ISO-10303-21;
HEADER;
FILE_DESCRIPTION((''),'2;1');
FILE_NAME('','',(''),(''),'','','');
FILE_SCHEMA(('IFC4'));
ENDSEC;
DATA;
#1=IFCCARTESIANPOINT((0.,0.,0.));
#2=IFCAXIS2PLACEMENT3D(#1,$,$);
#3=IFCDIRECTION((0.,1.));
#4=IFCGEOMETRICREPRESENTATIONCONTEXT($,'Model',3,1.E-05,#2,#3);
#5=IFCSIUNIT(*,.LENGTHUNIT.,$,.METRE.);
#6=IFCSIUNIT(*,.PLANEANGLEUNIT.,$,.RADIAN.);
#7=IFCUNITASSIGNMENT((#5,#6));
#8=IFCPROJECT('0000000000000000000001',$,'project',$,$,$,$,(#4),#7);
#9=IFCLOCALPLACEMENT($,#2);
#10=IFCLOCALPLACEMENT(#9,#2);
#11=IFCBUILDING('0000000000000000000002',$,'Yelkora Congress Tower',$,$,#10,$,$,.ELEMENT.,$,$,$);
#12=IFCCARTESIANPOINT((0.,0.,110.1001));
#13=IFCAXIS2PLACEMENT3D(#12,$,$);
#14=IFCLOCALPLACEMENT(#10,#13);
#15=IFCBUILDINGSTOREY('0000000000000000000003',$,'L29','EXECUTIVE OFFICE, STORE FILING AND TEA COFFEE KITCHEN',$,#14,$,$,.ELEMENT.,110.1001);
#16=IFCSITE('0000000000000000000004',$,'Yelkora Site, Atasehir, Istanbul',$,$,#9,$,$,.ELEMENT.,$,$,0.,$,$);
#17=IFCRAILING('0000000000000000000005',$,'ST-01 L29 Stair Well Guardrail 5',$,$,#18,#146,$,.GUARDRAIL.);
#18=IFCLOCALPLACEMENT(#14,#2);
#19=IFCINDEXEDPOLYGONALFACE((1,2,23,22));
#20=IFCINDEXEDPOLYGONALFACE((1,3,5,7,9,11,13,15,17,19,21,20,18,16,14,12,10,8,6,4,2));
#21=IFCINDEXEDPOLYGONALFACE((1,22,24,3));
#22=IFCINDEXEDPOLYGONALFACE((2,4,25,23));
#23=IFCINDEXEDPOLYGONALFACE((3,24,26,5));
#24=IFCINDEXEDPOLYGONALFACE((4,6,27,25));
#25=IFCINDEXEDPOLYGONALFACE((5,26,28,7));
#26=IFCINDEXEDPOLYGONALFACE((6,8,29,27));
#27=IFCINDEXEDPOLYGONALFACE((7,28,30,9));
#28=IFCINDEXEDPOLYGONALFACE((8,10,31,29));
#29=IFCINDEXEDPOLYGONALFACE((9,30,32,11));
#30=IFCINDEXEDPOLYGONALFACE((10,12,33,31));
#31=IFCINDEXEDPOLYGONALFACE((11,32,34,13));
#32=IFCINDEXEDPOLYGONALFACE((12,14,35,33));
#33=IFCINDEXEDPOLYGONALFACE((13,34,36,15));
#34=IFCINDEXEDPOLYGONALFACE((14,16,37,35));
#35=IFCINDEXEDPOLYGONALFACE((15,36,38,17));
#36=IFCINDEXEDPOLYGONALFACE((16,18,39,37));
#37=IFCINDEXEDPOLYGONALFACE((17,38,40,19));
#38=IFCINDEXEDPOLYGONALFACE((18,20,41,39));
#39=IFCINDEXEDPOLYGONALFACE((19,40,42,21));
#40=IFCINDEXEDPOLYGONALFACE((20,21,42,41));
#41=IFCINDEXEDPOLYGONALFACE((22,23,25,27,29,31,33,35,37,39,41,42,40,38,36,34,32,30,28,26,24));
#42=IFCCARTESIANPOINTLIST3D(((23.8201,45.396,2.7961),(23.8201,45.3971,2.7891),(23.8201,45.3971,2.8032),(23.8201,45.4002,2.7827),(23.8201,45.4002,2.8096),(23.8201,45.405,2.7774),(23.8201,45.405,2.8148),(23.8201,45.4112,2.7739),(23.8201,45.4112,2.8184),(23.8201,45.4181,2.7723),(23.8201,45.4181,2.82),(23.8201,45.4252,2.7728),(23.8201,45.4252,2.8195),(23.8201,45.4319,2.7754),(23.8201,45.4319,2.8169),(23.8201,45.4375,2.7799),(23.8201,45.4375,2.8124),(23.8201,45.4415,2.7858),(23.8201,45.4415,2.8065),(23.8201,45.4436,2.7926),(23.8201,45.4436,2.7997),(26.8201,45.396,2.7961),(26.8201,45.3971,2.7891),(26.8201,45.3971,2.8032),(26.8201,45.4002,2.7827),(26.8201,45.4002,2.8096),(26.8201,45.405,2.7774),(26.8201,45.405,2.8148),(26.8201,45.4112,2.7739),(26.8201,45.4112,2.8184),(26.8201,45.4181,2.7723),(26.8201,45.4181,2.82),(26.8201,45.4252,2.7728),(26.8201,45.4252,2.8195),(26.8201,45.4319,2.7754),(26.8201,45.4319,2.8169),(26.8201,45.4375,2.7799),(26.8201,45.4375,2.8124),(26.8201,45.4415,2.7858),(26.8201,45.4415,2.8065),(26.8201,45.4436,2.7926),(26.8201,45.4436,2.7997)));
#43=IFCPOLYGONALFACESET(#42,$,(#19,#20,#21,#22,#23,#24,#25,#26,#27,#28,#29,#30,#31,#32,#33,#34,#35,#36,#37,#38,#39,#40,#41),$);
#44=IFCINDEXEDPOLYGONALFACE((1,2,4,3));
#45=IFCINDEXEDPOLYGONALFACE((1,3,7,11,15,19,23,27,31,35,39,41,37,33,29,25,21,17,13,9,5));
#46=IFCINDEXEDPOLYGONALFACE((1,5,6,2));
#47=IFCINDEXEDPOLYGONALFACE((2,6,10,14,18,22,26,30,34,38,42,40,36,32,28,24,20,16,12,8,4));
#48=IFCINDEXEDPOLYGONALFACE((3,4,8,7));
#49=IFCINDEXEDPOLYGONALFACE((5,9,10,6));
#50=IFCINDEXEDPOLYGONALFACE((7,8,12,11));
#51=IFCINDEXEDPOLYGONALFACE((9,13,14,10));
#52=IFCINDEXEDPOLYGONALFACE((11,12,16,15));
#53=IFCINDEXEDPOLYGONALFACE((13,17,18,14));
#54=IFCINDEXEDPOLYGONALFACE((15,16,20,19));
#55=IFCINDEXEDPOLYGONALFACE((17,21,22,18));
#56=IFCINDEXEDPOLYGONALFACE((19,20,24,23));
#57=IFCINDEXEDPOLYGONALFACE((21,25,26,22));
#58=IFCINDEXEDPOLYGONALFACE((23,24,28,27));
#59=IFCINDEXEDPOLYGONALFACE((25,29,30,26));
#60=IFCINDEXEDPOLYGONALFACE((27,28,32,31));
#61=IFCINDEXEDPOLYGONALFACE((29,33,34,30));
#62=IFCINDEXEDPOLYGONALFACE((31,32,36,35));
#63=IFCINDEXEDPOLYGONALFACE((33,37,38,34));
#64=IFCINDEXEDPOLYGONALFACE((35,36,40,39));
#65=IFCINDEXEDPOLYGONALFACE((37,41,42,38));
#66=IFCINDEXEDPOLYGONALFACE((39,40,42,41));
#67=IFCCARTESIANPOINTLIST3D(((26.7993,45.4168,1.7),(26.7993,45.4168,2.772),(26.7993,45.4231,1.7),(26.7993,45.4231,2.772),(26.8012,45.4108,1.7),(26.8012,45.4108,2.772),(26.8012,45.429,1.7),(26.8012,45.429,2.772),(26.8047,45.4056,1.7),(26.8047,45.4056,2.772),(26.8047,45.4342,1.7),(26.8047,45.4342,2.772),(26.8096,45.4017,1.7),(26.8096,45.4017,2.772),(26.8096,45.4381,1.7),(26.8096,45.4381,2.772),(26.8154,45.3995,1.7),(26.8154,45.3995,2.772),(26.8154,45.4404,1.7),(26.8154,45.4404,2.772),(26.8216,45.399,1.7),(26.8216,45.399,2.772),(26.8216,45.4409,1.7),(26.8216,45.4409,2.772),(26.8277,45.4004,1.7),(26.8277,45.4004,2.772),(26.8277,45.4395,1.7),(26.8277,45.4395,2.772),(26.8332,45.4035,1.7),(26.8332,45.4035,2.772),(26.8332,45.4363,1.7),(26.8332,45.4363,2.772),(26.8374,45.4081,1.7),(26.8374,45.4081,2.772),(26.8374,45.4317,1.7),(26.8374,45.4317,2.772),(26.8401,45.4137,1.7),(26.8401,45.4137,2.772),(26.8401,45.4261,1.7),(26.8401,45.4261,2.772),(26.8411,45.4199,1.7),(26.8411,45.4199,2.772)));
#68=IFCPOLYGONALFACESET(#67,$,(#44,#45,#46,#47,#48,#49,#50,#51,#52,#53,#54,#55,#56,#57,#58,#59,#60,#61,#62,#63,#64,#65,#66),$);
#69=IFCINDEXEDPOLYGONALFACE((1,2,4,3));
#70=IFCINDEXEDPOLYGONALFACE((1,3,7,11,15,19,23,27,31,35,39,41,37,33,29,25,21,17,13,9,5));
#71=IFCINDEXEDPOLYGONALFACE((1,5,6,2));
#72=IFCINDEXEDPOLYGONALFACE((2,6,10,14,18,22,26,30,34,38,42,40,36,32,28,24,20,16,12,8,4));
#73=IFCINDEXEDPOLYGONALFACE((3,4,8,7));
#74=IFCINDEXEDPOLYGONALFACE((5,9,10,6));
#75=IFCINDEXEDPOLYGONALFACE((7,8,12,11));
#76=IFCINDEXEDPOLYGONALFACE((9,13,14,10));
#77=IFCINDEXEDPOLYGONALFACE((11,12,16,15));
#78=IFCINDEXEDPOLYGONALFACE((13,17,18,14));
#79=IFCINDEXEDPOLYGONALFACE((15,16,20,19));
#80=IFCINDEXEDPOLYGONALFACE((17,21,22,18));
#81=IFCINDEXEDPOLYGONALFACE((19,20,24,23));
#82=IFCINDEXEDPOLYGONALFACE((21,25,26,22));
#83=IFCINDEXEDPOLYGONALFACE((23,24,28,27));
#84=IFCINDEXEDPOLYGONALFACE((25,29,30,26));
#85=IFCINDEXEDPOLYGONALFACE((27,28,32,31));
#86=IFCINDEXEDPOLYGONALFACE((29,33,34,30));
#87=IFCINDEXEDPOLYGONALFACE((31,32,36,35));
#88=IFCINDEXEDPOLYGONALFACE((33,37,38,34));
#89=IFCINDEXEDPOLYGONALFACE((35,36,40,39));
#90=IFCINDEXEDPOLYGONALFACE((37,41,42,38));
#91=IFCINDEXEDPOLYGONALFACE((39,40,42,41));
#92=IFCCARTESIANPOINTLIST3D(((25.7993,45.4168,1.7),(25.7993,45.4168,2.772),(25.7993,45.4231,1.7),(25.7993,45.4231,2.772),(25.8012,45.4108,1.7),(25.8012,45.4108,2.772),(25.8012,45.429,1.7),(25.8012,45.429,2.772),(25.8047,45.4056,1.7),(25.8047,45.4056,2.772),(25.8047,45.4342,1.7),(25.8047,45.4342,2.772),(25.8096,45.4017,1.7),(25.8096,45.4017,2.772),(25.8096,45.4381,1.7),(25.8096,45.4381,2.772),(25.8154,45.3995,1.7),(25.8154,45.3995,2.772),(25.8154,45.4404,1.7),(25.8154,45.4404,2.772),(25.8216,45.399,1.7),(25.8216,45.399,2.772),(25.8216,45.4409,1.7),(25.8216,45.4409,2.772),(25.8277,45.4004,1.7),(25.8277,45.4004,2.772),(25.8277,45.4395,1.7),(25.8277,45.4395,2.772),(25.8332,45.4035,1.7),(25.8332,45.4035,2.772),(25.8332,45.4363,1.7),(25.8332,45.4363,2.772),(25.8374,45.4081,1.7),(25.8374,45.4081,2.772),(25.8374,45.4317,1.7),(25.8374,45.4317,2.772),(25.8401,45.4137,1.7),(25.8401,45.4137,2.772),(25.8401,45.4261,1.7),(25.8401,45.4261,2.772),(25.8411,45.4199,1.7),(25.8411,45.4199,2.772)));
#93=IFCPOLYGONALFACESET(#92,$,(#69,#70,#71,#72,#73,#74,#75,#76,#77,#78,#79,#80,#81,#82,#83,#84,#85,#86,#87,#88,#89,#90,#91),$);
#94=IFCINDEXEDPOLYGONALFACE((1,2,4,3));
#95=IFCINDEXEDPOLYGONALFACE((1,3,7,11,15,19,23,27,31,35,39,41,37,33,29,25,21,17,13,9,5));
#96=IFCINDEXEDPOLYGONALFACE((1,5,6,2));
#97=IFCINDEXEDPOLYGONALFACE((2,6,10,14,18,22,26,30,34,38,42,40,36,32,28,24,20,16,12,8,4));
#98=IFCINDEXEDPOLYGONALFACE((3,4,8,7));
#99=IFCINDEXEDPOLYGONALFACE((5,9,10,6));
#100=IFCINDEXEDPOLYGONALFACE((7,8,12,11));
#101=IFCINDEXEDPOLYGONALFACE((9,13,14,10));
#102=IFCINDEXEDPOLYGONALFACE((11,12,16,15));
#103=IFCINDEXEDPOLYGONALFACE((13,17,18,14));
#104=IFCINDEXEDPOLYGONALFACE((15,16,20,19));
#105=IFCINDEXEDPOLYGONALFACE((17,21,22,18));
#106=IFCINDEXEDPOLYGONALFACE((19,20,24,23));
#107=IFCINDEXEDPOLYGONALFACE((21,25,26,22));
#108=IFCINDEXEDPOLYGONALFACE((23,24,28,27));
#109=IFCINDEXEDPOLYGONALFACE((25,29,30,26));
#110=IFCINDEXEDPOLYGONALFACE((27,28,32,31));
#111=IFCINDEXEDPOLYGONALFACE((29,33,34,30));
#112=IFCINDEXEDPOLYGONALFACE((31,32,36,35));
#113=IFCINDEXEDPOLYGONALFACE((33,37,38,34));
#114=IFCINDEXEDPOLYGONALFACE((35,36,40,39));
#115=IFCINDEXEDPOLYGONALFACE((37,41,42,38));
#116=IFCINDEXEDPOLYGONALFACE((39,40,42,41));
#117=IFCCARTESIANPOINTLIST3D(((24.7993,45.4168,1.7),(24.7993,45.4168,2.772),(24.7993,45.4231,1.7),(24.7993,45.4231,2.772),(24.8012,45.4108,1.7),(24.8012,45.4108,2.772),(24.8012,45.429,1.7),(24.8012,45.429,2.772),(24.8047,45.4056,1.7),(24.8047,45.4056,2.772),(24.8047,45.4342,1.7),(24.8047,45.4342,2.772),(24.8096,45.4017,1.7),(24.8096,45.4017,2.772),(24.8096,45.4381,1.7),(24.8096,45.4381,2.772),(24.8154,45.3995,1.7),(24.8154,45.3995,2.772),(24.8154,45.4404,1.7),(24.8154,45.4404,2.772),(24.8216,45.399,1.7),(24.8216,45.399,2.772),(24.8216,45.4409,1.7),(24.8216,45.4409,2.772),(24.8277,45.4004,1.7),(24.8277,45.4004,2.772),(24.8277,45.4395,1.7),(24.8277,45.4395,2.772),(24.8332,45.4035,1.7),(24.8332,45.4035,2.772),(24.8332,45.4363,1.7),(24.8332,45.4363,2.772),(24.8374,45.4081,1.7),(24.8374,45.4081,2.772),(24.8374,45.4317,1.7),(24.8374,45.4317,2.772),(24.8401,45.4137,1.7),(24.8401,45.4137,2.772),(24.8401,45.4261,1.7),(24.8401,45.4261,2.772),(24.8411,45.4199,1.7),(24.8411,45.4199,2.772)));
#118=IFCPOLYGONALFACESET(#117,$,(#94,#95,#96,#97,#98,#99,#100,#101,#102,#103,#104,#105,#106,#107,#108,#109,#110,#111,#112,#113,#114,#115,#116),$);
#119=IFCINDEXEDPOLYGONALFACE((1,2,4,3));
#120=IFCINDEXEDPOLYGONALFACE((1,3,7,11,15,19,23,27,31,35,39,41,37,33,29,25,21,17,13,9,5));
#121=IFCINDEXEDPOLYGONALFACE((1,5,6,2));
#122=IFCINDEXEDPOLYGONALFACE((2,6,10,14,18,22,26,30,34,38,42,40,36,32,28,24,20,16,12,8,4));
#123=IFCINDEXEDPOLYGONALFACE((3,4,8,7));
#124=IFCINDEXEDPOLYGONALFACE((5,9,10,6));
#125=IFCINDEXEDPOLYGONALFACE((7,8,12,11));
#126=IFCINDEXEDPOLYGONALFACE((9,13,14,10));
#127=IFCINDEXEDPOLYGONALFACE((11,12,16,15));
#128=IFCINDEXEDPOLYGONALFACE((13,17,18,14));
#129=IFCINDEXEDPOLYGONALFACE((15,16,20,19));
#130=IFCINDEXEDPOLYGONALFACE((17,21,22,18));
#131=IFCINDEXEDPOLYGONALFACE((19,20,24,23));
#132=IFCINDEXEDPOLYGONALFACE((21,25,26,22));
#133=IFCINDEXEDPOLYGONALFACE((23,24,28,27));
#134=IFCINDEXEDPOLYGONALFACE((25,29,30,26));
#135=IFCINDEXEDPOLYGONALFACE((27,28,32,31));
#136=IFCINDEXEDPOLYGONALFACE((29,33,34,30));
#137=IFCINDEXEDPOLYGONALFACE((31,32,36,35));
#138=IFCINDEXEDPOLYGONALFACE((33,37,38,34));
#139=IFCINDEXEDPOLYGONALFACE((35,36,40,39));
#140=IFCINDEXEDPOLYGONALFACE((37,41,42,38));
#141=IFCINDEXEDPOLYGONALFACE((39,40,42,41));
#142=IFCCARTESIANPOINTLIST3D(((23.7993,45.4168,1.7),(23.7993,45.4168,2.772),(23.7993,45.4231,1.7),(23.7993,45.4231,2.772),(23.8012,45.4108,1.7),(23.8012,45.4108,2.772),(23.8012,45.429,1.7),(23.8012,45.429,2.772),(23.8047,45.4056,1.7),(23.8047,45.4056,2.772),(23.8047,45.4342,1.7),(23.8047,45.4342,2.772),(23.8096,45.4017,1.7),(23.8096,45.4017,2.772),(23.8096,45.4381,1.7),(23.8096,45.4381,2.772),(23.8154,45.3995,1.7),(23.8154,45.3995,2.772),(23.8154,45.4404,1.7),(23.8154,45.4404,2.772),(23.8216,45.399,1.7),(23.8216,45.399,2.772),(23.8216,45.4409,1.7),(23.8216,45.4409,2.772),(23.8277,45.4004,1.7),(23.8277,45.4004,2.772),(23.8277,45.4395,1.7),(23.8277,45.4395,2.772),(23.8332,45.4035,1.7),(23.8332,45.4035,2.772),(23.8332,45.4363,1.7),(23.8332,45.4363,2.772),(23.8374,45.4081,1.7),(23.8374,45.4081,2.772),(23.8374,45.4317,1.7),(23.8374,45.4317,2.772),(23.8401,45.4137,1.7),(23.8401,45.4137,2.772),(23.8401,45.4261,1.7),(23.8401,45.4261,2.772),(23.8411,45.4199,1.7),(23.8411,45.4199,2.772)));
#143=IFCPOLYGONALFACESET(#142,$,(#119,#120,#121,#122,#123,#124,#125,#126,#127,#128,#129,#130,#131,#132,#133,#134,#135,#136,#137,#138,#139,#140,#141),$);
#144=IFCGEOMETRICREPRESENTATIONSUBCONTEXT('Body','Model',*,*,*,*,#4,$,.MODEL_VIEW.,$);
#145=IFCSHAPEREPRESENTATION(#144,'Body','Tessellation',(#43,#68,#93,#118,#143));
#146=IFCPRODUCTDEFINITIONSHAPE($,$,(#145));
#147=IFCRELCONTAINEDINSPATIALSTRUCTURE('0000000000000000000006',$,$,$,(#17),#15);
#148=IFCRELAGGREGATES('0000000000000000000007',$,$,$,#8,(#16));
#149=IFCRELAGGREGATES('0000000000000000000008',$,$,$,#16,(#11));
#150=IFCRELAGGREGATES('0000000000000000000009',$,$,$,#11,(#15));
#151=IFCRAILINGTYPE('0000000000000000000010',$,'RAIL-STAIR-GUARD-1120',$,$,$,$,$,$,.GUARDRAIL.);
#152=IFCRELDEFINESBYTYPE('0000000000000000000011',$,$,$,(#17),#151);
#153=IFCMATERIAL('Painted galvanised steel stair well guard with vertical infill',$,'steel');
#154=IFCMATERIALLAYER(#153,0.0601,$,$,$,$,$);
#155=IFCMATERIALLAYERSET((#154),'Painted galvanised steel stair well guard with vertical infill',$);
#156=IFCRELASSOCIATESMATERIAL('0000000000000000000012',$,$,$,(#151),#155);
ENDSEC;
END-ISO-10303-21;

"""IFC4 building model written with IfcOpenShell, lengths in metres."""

from ifc_helpers import new_model, si_unit, direction, frame, origin, origin_2d, place, context, subcontext, project, spatial, circle, extrude, material, layer, layer_set, type_object, element, save


model = new_model("IFC4")

# Units and contexts
model_context = context("Model", 3, precision=1e-05, world=origin(), true_north=direction((0.0, 1.0)))
body_context = subcontext(model_context, "Body", "Model", "MODEL_VIEW")
ifc_project = project(units=[si_unit("LENGTHUNIT", "METRE"), si_unit("PLANEANGLEUNIT", "RADIAN")], contexts=[model_context])

# Site, building, storey
site_placement = place(None, origin())
site = spatial("IfcSite", under=ifc_project, at=site_placement, Name="Yelkora Site, Atasehir, Istanbul", CompositionType="ELEMENT", RefElevation=0.0)
building_placement = place(site_placement, origin())
building = spatial("IfcBuilding", under=site, at=building_placement, Name="Yelkora Congress Tower", CompositionType="ELEMENT")
storey_placement = place(building_placement, frame((0.0, 0.0, 110.1001)))
storey = spatial("IfcBuildingStorey", under=building, at=storey_placement, Name="L29", Description="EXECUTIVE OFFICE, STORE FILING AND TEA COFFEE KITCHEN", CompositionType="ELEMENT", Elevation=110.1001)

# Railing
ifc_material_1 = material(Name="Painted galvanised steel stair well guard with vertical infill", Category="steel")
ifc_layer_1 = layer(ifc_material_1, 0.0601)
ifc_layer_set_1 = layer_set([ifc_layer_1], Name="Painted galvanised steel stair well guard with vertical infill")
railing_type_1 = type_object("IfcRailingType", Name="RAIL-STAIR-GUARD-1120", PredefinedType="GUARDRAIL", material=ifc_layer_set_1)
railing_1_placement = place(storey_placement, frame((26.8201, 45.4199, 1.7)))
element("IfcRailing", 1, at=railing_1_placement, inside=storey, type_object=railing_type_1, Name="ST-01 L29 Stair Well Guardrail 5", PredefinedType="GUARDRAIL", context=body_context, shape_type="SweptSolid", body=[
    extrude(circle(Radius=0.0239, at=origin_2d()), frame((0.0, 0.0, 1.0962), z_axis=(-1.0, 0.0, 0.0), x_axis=(0.0, -1.0, 0.0)), (0.0, 0.0, 1.0), 3.0),
    extrude(circle(Radius=0.021, at=origin_2d()), origin(), (0.0, 0.0, 1.0), 1.072),
    extrude(circle(Radius=0.021, at=origin_2d()), frame((-1.0, 0.0, 0.0)), (0.0, 0.0, 1.0), 1.072),
    extrude(circle(Radius=0.021, at=origin_2d()), frame((-2.0, 0.0, 0.0)), (0.0, 0.0, 1.0), 1.072),
    extrude(circle(Radius=0.021, at=origin_2d()), frame((-3.0, 0.0, 0.0)), (0.0, 0.0, 1.0), 1.072),
])

save(model, "model.ifc")
